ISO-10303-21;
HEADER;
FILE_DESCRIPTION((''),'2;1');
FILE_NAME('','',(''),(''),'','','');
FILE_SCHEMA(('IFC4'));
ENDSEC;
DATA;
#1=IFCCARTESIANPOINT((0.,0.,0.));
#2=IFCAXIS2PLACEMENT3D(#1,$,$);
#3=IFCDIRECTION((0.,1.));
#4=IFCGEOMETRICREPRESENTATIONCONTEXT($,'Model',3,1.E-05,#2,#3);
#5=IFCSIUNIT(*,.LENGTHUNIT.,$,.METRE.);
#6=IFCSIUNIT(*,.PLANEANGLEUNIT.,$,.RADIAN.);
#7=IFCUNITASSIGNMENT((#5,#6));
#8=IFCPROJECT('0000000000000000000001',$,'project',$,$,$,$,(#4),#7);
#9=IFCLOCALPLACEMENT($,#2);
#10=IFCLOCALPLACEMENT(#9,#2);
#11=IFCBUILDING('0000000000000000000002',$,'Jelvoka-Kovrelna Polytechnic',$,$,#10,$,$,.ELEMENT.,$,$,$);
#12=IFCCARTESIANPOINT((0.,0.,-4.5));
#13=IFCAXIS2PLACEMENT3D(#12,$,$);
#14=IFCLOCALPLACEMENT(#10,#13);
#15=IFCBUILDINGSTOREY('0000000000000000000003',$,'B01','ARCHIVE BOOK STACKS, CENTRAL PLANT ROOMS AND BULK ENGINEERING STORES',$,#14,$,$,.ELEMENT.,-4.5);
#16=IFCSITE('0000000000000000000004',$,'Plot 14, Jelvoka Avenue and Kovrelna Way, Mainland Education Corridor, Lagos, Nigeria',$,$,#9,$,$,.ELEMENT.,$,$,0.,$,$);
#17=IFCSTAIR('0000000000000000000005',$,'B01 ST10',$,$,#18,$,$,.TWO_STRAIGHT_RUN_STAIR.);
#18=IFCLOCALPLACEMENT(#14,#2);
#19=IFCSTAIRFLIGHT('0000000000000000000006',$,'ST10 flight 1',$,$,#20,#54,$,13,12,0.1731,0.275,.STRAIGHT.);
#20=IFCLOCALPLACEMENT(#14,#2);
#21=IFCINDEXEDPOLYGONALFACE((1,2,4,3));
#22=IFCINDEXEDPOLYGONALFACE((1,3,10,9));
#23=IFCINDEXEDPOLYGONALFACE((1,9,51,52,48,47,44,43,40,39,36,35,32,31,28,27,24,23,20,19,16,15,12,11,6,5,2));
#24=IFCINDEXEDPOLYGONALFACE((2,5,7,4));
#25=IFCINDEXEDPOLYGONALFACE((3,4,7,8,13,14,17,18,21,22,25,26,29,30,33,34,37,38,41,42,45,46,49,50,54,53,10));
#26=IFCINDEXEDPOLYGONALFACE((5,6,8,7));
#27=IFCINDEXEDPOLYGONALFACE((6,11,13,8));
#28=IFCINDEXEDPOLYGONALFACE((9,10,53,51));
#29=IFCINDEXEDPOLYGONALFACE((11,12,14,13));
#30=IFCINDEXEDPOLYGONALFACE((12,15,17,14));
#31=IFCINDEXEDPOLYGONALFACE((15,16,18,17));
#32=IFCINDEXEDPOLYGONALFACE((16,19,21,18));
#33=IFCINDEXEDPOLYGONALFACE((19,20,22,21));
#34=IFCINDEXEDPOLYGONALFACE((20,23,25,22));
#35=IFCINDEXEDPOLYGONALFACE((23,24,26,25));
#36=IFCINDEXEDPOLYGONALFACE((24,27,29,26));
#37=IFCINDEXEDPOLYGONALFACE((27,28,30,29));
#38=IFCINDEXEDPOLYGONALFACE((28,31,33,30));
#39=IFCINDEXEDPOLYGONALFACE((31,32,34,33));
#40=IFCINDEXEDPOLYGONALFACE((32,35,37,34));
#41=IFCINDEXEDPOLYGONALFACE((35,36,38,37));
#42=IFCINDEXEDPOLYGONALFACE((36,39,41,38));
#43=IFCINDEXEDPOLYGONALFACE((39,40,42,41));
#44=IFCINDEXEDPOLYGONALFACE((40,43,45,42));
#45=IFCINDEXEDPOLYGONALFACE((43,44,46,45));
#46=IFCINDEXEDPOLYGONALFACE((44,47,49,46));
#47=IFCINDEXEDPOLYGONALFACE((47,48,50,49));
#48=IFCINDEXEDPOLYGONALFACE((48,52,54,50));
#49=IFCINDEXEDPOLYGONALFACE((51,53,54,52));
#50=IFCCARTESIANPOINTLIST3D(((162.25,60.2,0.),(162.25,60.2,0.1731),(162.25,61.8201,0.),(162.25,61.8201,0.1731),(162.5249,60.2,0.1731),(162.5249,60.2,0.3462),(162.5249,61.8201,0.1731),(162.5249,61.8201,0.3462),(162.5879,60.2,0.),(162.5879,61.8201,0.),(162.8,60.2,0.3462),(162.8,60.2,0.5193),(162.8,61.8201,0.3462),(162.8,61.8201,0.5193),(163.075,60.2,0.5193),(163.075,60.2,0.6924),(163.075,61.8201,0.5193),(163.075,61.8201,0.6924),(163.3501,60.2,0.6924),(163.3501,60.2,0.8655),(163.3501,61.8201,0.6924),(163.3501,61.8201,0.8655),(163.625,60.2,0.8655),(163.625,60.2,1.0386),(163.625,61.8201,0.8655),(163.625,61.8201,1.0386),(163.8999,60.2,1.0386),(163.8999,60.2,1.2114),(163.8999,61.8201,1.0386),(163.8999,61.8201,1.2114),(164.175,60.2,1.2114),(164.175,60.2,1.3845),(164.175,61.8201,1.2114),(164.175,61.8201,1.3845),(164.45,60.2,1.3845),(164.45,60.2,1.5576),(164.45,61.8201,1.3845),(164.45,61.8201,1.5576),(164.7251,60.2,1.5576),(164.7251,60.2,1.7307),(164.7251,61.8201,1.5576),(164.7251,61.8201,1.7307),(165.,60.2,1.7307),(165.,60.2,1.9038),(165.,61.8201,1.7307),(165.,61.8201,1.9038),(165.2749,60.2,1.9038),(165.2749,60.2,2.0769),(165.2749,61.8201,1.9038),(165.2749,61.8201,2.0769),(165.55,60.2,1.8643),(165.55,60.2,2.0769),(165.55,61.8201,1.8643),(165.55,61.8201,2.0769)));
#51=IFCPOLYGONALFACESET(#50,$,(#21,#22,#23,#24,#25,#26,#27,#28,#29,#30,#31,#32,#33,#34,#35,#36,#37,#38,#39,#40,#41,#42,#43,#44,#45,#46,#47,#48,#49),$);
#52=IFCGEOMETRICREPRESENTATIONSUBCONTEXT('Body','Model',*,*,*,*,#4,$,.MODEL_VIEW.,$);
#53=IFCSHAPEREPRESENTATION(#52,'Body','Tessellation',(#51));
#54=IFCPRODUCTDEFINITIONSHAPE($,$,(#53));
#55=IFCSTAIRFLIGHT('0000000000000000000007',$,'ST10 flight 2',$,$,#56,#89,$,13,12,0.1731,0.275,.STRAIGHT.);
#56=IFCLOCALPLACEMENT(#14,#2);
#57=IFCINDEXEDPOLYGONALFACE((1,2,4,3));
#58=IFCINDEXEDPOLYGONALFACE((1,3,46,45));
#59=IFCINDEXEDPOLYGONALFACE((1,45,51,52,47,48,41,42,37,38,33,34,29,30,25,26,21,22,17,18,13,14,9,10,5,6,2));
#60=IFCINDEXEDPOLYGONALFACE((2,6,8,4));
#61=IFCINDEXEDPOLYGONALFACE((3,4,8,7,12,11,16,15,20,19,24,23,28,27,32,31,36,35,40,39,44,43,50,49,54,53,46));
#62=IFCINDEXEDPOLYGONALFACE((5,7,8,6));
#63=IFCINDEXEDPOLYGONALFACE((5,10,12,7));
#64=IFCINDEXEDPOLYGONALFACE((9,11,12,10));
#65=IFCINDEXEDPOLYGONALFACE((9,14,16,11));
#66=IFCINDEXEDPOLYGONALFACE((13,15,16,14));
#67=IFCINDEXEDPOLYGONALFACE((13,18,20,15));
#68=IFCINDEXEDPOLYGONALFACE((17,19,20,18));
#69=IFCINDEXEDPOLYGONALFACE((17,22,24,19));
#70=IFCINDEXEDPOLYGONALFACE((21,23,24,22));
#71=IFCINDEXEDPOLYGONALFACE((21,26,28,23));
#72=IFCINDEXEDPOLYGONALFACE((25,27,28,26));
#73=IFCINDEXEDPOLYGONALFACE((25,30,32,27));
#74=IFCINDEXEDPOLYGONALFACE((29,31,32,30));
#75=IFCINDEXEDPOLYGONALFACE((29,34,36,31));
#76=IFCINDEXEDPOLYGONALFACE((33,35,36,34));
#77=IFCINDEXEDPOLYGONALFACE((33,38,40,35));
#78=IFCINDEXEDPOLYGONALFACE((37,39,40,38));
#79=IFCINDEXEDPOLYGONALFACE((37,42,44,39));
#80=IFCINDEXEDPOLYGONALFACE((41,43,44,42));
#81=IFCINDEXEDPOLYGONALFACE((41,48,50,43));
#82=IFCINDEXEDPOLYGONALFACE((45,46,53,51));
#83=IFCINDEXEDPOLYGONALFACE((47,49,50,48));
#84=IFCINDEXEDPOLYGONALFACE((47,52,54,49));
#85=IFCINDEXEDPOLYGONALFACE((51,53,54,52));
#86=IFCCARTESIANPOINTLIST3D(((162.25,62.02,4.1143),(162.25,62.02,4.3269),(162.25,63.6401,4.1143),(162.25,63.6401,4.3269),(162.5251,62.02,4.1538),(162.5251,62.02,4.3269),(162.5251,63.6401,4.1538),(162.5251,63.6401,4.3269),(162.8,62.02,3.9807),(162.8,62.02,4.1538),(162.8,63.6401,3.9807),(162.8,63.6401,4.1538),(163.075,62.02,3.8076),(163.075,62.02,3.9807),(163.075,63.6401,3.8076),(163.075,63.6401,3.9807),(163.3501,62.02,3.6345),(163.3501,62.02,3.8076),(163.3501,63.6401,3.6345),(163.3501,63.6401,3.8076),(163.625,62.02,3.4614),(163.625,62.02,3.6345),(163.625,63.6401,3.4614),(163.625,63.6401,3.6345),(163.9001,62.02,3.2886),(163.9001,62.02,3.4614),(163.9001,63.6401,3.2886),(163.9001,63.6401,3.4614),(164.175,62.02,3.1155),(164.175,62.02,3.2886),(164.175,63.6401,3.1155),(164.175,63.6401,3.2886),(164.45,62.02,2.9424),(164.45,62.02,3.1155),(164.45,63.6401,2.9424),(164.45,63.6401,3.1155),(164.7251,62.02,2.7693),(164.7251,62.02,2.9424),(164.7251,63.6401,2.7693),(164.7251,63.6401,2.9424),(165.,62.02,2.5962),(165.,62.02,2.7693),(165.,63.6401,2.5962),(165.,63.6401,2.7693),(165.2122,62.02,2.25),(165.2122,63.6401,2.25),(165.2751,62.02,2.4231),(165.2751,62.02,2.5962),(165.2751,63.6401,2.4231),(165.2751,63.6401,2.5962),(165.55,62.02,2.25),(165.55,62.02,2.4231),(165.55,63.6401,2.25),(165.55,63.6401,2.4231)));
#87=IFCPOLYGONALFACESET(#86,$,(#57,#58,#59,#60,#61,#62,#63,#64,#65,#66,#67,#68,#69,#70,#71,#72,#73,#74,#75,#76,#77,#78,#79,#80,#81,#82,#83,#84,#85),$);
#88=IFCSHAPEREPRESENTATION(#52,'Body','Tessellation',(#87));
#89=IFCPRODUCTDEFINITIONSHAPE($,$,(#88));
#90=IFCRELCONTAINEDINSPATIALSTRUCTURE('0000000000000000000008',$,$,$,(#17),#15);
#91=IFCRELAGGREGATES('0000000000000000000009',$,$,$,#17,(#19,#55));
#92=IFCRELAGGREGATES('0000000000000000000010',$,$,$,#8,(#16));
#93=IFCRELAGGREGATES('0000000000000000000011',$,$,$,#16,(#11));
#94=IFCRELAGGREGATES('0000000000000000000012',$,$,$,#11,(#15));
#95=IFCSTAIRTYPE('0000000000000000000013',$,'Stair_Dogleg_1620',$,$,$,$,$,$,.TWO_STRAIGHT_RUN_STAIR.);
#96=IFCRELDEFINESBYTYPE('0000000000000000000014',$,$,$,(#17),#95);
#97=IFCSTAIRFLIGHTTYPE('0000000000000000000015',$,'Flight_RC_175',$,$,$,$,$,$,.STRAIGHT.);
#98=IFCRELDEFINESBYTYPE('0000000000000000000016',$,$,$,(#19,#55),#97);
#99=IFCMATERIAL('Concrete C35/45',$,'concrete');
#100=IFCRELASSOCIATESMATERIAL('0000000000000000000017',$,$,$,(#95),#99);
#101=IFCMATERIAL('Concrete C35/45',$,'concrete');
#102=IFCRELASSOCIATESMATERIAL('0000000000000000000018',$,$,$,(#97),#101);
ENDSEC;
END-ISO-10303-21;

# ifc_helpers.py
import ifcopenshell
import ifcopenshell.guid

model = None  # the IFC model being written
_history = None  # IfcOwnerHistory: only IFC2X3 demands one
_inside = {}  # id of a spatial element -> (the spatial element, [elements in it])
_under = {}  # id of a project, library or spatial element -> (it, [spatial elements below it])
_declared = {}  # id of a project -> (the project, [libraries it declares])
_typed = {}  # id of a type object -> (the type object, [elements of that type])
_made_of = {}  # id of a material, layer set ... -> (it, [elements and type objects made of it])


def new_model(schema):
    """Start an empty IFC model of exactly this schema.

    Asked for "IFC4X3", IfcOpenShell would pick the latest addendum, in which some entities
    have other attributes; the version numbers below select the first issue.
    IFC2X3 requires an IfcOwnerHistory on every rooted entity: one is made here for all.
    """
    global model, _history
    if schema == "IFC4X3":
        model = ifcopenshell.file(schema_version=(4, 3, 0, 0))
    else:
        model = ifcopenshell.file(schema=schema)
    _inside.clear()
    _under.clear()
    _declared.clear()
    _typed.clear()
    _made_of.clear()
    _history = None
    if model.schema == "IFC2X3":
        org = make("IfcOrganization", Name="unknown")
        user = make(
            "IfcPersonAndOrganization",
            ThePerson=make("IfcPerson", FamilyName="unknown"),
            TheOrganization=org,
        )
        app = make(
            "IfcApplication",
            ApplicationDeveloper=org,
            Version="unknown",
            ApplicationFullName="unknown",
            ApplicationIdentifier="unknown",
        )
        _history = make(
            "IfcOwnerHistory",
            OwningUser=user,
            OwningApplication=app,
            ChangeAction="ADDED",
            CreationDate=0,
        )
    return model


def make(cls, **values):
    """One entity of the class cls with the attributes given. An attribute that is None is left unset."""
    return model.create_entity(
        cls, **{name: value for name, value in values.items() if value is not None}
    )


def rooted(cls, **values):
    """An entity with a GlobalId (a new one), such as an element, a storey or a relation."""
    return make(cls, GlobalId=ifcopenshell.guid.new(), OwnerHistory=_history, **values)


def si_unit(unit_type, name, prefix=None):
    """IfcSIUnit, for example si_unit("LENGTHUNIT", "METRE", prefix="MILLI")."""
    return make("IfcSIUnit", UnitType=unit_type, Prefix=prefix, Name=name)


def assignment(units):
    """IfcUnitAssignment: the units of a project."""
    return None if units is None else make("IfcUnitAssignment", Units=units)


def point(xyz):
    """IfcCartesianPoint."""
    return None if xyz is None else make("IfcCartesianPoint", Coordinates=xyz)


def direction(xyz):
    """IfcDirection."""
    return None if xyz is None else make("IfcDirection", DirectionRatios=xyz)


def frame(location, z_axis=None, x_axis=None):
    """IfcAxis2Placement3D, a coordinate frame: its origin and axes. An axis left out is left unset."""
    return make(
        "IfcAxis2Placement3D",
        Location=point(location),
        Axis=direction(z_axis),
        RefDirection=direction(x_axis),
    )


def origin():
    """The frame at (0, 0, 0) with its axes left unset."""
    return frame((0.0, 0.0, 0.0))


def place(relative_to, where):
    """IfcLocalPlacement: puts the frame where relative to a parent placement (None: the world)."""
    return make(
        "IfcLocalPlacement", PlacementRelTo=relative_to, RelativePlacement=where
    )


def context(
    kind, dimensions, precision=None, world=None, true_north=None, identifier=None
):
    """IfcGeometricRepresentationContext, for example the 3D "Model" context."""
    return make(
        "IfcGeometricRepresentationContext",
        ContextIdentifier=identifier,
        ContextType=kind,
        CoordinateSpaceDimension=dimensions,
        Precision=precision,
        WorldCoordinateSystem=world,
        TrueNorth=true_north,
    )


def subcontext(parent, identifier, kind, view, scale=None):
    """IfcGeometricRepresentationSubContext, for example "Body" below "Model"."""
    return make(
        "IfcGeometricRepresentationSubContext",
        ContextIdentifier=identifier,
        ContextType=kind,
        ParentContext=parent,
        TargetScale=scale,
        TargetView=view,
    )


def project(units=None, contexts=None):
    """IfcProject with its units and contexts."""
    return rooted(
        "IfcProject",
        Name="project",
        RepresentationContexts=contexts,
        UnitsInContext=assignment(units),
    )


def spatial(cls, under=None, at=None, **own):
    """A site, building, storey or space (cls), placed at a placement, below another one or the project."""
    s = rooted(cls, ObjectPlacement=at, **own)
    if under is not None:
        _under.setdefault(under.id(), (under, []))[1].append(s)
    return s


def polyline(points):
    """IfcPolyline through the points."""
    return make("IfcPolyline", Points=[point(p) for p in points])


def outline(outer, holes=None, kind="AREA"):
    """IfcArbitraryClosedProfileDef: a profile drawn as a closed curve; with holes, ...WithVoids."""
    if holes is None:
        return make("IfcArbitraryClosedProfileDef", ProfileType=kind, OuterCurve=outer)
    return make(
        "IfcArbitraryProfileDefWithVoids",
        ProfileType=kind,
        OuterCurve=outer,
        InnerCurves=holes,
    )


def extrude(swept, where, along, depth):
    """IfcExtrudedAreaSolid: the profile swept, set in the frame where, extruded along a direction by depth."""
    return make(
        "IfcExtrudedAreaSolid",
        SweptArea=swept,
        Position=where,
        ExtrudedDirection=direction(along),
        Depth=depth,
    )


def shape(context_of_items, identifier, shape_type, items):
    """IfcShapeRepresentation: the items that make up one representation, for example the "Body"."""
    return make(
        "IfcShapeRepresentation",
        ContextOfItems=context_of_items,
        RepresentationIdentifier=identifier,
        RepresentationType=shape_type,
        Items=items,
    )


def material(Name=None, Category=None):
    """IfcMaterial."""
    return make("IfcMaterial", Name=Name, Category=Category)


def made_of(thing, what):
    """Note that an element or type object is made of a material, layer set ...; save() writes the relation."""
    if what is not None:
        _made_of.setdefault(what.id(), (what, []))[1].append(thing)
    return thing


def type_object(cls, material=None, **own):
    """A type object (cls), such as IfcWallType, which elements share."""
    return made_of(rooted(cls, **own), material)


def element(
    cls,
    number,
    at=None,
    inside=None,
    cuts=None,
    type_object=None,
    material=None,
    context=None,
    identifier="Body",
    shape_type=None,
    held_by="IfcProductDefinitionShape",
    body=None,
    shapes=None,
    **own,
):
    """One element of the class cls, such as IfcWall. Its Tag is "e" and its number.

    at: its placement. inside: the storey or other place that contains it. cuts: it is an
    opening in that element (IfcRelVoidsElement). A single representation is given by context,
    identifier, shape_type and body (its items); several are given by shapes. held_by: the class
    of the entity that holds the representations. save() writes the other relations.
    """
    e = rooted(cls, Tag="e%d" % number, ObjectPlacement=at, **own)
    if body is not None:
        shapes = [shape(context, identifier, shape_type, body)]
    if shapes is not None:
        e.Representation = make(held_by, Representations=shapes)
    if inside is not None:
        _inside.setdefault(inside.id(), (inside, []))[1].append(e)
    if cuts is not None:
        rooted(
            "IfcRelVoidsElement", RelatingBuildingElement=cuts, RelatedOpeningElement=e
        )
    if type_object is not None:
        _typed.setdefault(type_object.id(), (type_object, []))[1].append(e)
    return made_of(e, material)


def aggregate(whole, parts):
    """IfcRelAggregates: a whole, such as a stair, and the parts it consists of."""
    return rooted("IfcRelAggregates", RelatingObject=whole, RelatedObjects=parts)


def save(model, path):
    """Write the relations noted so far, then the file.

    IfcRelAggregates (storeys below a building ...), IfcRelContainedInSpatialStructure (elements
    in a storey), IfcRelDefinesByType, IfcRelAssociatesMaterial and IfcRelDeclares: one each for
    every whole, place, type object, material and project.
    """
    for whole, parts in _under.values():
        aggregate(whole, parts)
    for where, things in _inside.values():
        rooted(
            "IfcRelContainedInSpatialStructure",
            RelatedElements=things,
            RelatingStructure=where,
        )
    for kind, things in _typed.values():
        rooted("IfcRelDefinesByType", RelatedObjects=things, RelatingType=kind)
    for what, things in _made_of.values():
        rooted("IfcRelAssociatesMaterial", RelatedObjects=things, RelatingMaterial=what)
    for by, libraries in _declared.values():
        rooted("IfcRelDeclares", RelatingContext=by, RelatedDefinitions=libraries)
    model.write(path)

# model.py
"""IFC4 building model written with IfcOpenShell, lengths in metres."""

from ifc_helpers import new_model, si_unit, direction, frame, origin, place, context, subcontext, project, spatial, polyline, outline, extrude, material, type_object, element, aggregate, save


model = new_model("IFC4")

# Units and contexts
model_context = context("Model", 3, precision=1e-05, world=origin(), true_north=direction((0.0, 1.0)))
body_context = subcontext(model_context, "Body", "Model", "MODEL_VIEW")
ifc_project = project(units=[si_unit("LENGTHUNIT", "METRE"), si_unit("PLANEANGLEUNIT", "RADIAN")], contexts=[model_context])

# Site, building, storey
site_placement = place(None, origin())
site = spatial("IfcSite", under=ifc_project, at=site_placement, Name="Plot 14, Jelvoka Avenue and Kovrelna Way, Mainland Education Corridor, Lagos, Nigeria", CompositionType="ELEMENT", RefElevation=0.0)
building_placement = place(site_placement, origin())
building = spatial("IfcBuilding", under=site, at=building_placement, Name="Jelvoka-Kovrelna Polytechnic", CompositionType="ELEMENT")
storey_placement = place(building_placement, frame((0.0, 0.0, -4.5)))
storey = spatial("IfcBuildingStorey", under=building, at=storey_placement, Name="B01", Description="ARCHIVE BOOK STACKS, CENTRAL PLANT ROOMS AND BULK ENGINEERING STORES", CompositionType="ELEMENT", Elevation=-4.5)

# Stair, stair flights
ifc_material_1 = material(Name="Concrete C35/45", Category="concrete")
stair_type = type_object("IfcStairType", Name="Stair_Dogleg_1620", PredefinedType="TWO_STRAIGHT_RUN_STAIR", material=ifc_material_1)
stair_placement = place(storey_placement, origin())
stair = element("IfcStair", 1, at=stair_placement, inside=storey, type_object=stair_type, Name="B01 ST10", PredefinedType="TWO_STRAIGHT_RUN_STAIR")
ifc_material_2 = material(Name="Concrete C35/45", Category="concrete")
stair_flight_type = type_object("IfcStairFlightType", Name="Flight_RC_175", PredefinedType="STRAIGHT", material=ifc_material_2)
stair_flight_1_placement = place(storey_placement, frame((162.25, 61.01, 0.0), z_axis=(0.0, 0.0, 1.0), x_axis=(1.0, 0.0, 0.0)))
stair_flight_1 = element("IfcStairFlight", 2, at=stair_flight_1_placement, type_object=stair_flight_type, Name="ST10 flight 1", NumberOfRisers=13, NumberOfTreads=12, PredefinedType="STRAIGHT", RiserHeight=0.1731, TreadLength=0.275, context=body_context, shape_type="SweptSolid", body=[
    extrude(outline(polyline([(0.0, 0.0), (0.0, 0.1731), (0.2749, 0.1731), (0.2749, 0.3462), (0.55, 0.3462), (0.55, 0.5193), (0.825, 0.5193), (0.825, 0.6924), (1.1001, 0.6924), (1.1001, 0.8655), (1.375, 0.8655), (1.375, 1.0386), (1.6499, 1.0386), (1.6499, 1.2114), (1.925, 1.2114), (1.925, 1.3845), (2.2, 1.3845), (2.2, 1.5576), (2.4751, 1.5576), (2.4751, 1.7307), (2.75, 1.7307), (2.75, 1.9038), (3.0249, 1.9038), (3.0249, 2.0769), (3.3, 2.0769), (3.3, 2.25), (3.3, 1.8643), (0.3379, 0.0), (0.0, 0.0)])), frame((0.0, 0.8101, 0.0), z_axis=(0.0, -1.0, 0.0), x_axis=(1.0, 0.0, 0.0)), (0.0, 0.0, 1.0), 1.6201),
])
stair_flight_2_placement = place(storey_placement, frame((165.55, 62.8301, 2.25), z_axis=(0.0, 0.0, 1.0), x_axis=(-1.0, 0.0, 0.0)))
stair_flight_2 = element("IfcStairFlight", 3, at=stair_flight_2_placement, type_object=stair_flight_type, Name="ST10 flight 2", NumberOfRisers=13, NumberOfTreads=12, PredefinedType="STRAIGHT", RiserHeight=0.1731, TreadLength=0.275, context=body_context, shape_type="SweptSolid", body=[
    extrude(outline(polyline([(0.0, 0.0), (0.0, 0.1731), (0.2749, 0.1731), (0.2749, 0.3462), (0.55, 0.3462), (0.55, 0.5193), (0.825, 0.5193), (0.825, 0.6924), (1.1001, 0.6924), (1.1001, 0.8655), (1.375, 0.8655), (1.375, 1.0386), (1.6499, 1.0386), (1.6499, 1.2114), (1.925, 1.2114), (1.925, 1.3845), (2.2, 1.3845), (2.2, 1.5576), (2.4751, 1.5576), (2.4751, 1.7307), (2.75, 1.7307), (2.75, 1.9038), (3.0249, 1.9038), (3.0249, 2.0769), (3.3, 2.0769), (3.3, 2.25), (3.3, 1.8643), (0.3379, 0.0), (0.0, 0.0)])), frame((0.0, 0.8101, 0.0), z_axis=(0.0, -1.0, 0.0), x_axis=(1.0, 0.0, 0.0)), (0.0, 0.0, 1.0), 1.6201),
])
aggregate(stair, [stair_flight_1, stair_flight_2])

save(model, "model.ifc")
